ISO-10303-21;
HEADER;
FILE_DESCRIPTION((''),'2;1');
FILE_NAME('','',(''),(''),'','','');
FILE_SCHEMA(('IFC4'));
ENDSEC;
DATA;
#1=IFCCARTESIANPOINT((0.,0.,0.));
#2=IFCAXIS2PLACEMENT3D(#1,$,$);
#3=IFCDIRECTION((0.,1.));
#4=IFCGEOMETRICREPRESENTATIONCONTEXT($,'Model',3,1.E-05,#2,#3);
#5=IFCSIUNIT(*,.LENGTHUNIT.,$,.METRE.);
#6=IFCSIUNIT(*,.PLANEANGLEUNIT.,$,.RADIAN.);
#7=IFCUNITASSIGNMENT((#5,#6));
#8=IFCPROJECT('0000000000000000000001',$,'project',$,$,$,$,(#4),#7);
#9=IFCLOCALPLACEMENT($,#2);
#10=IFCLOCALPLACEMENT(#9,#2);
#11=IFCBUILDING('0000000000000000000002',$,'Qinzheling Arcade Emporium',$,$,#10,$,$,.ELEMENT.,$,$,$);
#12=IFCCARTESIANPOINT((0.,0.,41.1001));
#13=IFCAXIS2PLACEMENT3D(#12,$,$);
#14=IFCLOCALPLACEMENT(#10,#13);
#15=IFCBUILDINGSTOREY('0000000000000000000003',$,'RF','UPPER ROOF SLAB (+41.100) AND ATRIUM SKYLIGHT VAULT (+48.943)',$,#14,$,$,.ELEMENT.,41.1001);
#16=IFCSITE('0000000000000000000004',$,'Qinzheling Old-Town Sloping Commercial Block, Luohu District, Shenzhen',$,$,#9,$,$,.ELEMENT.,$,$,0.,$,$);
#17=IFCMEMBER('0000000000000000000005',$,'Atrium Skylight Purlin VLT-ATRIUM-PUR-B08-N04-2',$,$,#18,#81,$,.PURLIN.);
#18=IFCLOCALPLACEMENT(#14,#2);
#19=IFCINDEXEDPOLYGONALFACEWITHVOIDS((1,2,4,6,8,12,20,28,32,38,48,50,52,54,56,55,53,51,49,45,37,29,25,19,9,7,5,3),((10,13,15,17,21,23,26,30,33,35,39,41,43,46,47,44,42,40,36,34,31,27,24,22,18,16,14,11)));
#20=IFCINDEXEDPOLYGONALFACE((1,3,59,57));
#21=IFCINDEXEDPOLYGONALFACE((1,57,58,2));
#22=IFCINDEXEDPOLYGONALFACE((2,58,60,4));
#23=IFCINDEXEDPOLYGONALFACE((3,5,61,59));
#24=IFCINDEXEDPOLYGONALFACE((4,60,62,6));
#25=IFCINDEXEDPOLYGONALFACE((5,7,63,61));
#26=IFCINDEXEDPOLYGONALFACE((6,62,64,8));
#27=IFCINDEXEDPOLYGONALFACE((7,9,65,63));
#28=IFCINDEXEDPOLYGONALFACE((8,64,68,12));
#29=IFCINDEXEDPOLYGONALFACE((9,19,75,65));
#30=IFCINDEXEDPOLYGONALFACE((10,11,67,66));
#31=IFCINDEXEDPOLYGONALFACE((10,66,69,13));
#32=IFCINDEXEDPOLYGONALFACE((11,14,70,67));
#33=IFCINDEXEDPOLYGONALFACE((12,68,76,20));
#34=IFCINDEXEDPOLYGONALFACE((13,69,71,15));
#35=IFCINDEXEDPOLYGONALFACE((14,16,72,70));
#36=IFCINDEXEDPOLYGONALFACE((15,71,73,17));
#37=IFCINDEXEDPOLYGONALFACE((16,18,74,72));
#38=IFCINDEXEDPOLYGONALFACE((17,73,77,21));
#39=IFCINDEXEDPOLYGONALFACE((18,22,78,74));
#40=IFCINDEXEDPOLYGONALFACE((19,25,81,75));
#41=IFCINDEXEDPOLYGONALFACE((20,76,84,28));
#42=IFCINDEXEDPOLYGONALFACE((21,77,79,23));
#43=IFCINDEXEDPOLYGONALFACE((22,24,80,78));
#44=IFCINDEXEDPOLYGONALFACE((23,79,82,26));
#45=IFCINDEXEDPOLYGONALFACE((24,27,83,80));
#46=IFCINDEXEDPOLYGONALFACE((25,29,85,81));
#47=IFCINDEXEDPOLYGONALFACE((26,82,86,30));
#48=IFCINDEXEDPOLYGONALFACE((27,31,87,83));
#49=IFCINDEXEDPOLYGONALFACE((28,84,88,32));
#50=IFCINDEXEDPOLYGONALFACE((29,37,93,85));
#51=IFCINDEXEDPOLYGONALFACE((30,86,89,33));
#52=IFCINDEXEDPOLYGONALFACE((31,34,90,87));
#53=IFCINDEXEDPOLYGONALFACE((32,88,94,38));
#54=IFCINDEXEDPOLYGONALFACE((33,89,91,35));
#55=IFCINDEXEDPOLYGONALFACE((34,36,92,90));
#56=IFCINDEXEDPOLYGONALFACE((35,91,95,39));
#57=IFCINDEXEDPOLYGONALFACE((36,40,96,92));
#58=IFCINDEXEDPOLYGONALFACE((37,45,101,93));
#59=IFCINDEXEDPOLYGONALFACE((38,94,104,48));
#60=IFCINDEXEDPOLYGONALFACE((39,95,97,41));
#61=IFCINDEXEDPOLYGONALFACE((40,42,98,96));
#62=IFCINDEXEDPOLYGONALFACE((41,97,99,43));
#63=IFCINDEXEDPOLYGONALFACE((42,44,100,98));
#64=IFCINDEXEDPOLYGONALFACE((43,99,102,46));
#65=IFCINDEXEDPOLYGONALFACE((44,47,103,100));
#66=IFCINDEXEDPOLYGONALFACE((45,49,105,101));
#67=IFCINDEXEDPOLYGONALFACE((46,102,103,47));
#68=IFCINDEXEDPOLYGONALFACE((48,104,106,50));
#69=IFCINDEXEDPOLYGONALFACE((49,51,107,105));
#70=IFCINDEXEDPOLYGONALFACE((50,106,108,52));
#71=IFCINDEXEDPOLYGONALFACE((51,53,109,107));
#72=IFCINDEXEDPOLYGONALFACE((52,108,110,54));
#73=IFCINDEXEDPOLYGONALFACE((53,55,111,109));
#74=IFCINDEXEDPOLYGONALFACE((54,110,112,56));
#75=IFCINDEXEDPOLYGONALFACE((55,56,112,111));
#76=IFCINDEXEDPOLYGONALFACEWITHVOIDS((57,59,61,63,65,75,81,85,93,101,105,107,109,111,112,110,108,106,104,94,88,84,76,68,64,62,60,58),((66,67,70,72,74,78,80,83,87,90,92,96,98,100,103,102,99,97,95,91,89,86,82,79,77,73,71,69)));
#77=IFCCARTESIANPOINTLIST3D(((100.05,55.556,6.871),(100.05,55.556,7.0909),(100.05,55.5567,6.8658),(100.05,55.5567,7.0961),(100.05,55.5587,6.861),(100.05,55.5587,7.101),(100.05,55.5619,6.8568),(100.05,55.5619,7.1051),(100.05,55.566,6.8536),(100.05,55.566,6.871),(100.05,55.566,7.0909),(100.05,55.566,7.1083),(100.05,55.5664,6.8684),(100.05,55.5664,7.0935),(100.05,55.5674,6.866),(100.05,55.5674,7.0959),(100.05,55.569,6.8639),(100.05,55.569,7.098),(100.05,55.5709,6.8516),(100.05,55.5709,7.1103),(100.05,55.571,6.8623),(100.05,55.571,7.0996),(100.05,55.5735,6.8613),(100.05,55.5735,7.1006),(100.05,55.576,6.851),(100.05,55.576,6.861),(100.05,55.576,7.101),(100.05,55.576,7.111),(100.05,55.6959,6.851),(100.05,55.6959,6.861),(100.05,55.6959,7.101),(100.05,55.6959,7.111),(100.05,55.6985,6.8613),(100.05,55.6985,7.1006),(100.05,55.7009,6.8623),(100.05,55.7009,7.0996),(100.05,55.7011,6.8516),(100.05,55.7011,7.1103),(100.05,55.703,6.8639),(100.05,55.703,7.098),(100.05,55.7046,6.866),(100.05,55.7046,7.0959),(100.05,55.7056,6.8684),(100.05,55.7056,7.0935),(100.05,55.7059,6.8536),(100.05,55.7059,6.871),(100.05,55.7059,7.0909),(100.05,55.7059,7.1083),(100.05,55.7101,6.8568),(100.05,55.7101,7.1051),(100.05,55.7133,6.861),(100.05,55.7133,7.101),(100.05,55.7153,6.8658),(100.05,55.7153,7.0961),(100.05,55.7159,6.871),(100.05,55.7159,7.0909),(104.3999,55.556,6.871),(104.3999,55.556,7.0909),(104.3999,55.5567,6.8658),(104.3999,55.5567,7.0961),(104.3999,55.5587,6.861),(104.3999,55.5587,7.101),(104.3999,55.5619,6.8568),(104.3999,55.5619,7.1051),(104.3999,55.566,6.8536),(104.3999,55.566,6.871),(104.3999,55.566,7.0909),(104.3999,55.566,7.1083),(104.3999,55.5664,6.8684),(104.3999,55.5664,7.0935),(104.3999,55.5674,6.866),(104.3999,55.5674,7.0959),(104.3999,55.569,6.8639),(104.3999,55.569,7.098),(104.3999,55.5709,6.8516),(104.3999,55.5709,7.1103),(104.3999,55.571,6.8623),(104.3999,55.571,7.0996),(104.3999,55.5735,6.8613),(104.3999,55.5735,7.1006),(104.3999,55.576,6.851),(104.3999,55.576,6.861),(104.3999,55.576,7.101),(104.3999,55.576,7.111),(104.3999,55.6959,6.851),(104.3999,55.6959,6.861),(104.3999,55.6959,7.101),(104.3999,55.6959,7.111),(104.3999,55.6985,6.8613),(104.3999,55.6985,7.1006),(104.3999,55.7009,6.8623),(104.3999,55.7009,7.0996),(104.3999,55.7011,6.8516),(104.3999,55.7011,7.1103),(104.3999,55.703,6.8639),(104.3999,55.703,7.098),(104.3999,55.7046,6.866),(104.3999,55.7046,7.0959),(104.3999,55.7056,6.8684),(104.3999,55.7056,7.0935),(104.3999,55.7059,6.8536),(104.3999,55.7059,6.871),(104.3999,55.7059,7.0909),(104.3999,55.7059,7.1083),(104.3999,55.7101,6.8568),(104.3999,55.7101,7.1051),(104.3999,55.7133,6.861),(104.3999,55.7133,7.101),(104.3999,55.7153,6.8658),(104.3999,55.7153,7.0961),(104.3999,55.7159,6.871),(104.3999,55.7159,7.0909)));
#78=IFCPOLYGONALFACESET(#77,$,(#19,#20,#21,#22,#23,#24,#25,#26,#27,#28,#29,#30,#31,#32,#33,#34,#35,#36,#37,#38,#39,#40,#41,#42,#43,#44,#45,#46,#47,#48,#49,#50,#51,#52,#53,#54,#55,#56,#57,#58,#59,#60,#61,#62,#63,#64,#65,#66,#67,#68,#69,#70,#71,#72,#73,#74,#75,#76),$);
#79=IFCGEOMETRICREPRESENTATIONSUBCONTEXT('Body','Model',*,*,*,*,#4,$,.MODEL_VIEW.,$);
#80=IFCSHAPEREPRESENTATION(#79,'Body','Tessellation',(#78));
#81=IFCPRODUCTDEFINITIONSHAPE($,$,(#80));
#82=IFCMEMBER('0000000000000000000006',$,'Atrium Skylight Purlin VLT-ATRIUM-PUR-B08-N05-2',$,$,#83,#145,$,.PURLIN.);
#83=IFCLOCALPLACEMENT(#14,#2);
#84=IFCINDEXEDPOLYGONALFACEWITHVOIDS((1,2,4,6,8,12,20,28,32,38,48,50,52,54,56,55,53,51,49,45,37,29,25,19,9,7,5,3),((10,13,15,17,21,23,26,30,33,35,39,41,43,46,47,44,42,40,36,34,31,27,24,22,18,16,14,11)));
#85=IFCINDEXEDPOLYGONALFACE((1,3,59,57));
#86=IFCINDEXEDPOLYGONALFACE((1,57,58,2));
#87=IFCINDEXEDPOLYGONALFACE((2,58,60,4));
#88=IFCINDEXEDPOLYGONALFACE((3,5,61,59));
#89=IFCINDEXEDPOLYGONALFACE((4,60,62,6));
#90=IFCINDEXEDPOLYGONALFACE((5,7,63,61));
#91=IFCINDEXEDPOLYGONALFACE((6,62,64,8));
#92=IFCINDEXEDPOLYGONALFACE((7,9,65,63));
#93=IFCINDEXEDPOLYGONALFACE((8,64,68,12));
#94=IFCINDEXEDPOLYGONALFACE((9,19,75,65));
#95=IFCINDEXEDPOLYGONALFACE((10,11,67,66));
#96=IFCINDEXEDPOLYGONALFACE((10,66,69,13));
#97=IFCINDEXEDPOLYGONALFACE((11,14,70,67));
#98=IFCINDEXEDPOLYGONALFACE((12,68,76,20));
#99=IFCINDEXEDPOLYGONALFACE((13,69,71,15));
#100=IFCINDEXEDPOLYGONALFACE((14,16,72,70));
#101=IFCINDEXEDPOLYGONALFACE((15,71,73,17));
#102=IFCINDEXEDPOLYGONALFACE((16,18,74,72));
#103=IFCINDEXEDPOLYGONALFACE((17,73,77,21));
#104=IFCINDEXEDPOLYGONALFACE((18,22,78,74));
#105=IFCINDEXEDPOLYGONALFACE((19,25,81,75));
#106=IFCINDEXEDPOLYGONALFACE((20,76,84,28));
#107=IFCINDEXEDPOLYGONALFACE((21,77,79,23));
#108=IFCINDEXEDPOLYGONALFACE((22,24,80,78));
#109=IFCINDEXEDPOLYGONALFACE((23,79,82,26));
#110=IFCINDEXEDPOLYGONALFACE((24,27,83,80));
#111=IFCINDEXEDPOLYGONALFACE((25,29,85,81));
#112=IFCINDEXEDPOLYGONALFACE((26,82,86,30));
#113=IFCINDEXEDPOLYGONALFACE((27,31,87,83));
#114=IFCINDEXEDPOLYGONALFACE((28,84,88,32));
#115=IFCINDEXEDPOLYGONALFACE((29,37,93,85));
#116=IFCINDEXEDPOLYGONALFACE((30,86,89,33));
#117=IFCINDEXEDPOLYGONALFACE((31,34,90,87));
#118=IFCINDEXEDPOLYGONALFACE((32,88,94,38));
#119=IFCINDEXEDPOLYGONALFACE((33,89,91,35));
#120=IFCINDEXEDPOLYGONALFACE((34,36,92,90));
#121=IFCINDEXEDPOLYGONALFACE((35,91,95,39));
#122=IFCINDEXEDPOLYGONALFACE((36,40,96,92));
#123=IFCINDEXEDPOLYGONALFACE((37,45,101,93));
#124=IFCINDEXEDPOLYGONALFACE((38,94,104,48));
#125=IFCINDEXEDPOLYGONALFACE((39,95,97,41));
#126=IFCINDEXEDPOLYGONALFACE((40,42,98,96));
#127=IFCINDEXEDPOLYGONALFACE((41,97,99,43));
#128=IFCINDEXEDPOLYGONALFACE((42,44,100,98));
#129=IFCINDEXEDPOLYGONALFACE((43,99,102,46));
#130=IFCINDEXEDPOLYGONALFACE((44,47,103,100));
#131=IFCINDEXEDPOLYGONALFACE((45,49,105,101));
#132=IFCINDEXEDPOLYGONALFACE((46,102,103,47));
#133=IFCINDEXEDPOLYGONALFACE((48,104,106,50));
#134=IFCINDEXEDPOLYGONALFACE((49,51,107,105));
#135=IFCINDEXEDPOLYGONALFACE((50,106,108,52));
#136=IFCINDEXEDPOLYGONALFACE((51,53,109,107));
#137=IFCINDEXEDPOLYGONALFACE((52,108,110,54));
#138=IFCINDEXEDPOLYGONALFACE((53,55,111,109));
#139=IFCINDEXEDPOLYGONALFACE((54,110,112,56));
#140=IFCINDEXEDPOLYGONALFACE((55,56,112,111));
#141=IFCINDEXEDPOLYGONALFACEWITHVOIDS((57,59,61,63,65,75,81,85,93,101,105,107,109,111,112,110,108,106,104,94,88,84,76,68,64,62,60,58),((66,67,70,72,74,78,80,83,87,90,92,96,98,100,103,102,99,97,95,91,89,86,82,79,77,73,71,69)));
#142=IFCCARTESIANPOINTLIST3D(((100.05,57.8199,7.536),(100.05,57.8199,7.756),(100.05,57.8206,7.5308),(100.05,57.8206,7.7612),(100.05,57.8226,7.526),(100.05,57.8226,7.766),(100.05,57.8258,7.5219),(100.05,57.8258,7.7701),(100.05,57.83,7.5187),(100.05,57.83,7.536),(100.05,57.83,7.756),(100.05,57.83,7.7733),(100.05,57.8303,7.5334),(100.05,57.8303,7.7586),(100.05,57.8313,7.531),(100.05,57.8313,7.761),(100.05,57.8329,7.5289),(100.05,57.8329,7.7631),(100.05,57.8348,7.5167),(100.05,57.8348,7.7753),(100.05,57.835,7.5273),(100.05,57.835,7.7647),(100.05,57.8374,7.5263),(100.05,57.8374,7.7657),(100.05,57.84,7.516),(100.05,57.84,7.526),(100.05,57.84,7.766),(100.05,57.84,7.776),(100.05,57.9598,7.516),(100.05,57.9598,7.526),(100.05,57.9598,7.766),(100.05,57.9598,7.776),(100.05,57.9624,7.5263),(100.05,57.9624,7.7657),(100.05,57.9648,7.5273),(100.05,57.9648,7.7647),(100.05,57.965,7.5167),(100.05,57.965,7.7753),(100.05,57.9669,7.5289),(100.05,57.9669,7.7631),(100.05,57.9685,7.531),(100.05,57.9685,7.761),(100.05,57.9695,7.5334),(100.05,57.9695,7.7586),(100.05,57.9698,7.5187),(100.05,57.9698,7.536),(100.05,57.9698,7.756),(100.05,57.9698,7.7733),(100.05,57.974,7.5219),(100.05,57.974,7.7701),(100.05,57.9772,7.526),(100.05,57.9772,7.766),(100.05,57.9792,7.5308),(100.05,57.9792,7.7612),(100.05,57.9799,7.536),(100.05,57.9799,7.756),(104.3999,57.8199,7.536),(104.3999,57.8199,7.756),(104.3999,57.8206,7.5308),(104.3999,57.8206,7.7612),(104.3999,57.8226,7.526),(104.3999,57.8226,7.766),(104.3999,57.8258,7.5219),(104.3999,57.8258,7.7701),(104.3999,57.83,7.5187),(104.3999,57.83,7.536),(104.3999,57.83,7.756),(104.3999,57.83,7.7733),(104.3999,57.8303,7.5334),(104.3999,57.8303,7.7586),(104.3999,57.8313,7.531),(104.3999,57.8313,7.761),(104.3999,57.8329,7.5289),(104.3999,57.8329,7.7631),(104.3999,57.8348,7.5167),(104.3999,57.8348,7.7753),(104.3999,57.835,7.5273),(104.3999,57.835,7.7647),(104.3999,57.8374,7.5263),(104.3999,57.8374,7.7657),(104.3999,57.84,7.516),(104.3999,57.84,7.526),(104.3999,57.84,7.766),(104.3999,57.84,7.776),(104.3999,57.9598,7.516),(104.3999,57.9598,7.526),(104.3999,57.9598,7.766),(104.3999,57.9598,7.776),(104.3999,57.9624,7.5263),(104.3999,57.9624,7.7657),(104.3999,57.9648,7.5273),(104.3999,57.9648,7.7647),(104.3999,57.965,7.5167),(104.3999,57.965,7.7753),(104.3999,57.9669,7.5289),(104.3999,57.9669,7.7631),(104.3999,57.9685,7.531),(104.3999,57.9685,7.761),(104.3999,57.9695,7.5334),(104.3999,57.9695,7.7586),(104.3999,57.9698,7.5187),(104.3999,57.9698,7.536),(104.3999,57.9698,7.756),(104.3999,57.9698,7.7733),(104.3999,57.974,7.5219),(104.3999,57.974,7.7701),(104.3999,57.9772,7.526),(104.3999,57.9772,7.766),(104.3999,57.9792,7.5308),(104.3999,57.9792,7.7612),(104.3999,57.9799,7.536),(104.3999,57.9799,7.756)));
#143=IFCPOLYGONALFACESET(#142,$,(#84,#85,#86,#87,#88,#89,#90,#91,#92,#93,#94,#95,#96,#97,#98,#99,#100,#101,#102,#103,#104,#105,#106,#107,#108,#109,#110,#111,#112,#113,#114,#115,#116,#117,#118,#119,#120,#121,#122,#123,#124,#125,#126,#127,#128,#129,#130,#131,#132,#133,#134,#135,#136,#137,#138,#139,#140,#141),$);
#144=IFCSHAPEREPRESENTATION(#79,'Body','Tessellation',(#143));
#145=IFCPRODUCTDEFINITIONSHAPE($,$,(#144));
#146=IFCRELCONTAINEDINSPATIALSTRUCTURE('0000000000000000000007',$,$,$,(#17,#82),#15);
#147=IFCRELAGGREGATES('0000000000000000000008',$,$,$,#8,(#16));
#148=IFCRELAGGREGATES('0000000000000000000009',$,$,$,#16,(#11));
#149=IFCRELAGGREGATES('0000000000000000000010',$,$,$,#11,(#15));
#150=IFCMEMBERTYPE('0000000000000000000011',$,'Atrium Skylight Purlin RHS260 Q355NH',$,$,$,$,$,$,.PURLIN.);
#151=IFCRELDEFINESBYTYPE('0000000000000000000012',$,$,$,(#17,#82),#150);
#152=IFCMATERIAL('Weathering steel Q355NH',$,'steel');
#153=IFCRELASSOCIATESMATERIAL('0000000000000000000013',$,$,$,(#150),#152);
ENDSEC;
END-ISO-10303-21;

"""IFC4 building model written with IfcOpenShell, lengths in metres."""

from ifc_helpers import new_model, si_unit, direction, frame, origin, origin_2d, place, context, subcontext, project, spatial, hollow_rectangle, extrude, material, material_profile, profile_set, type_object, element, save


model = new_model("IFC4")

# Units and contexts
model_context = context("Model", 3, precision=1e-05, world=origin(), true_north=direction((0.0, 1.0)))
body_context = subcontext(model_context, "Body", "Model", "MODEL_VIEW")
ifc_project = project(units=[si_unit("LENGTHUNIT", "METRE"), si_unit("PLANEANGLEUNIT", "RADIAN")], contexts=[model_context])

# Site, building, storey
site_placement = place(None, origin())
site = spatial("IfcSite", under=ifc_project, at=site_placement, Name="Qinzheling Old-Town Sloping Commercial Block, Luohu District, Shenzhen", CompositionType="ELEMENT", RefElevation=0.0)
building_placement = place(site_placement, origin())
building = spatial("IfcBuilding", under=site, at=building_placement, Name="Qinzheling Arcade Emporium", CompositionType="ELEMENT")
storey_placement = place(building_placement, frame((0.0, 0.0, 41.1001)))
storey = spatial("IfcBuildingStorey", under=building, at=storey_placement, Name="RF", Description="UPPER ROOF SLAB (+41.100) AND ATRIUM SKYLIGHT VAULT (+48.943)", CompositionType="ELEMENT", Elevation=41.1001)

# Shared definitions
ifc_material_1 = material(Name="Weathering steel Q355NH", Category="steel")

# Members
ifc_material_profile_1 = material_profile(ifc_material_1, hollow_rectangle(XDim=0.1599, YDim=0.26, WallThickness=0.01, InnerFilletRadius=0.01, OuterFilletRadius=0.02, at=origin_2d()), Name="RHS 260x160x10", Category="steel")
ifc_profile_set_1 = profile_set([ifc_material_profile_1], Name="Weathering steel Q355NH")
member_type = type_object("IfcMemberType", Name="Atrium Skylight Purlin RHS260 Q355NH", PredefinedType="PURLIN", material=ifc_profile_set_1)
for number, where, z_axis, x_axis, name in (
    (1, (100.05, 55.636, 6.981), (1.0, 0.0, 0.0), (0.0, 1.0, 0.0), "Atrium Skylight Purlin VLT-ATRIUM-PUR-B08-N04-2"),
    (2, (100.05, 57.8999, 7.646), (1.0, 0.0, 0.0), (0.0, 1.0, 0.0), "Atrium Skylight Purlin VLT-ATRIUM-PUR-B08-N05-2"),
):
    element("IfcMember", number, at=place(storey_placement, frame(where, z_axis=z_axis, x_axis=x_axis)), inside=storey, type_object=member_type, Name=name, PredefinedType="PURLIN", context=body_context, shape_type="SweptSolid", body=[
        extrude(hollow_rectangle(XDim=0.1599, YDim=0.26, WallThickness=0.01, InnerFilletRadius=0.01, OuterFilletRadius=0.02, at=origin_2d()), origin(), (0.0, 0.0, 1.0), 4.3499),
    ])

save(model, "model.ifc")
